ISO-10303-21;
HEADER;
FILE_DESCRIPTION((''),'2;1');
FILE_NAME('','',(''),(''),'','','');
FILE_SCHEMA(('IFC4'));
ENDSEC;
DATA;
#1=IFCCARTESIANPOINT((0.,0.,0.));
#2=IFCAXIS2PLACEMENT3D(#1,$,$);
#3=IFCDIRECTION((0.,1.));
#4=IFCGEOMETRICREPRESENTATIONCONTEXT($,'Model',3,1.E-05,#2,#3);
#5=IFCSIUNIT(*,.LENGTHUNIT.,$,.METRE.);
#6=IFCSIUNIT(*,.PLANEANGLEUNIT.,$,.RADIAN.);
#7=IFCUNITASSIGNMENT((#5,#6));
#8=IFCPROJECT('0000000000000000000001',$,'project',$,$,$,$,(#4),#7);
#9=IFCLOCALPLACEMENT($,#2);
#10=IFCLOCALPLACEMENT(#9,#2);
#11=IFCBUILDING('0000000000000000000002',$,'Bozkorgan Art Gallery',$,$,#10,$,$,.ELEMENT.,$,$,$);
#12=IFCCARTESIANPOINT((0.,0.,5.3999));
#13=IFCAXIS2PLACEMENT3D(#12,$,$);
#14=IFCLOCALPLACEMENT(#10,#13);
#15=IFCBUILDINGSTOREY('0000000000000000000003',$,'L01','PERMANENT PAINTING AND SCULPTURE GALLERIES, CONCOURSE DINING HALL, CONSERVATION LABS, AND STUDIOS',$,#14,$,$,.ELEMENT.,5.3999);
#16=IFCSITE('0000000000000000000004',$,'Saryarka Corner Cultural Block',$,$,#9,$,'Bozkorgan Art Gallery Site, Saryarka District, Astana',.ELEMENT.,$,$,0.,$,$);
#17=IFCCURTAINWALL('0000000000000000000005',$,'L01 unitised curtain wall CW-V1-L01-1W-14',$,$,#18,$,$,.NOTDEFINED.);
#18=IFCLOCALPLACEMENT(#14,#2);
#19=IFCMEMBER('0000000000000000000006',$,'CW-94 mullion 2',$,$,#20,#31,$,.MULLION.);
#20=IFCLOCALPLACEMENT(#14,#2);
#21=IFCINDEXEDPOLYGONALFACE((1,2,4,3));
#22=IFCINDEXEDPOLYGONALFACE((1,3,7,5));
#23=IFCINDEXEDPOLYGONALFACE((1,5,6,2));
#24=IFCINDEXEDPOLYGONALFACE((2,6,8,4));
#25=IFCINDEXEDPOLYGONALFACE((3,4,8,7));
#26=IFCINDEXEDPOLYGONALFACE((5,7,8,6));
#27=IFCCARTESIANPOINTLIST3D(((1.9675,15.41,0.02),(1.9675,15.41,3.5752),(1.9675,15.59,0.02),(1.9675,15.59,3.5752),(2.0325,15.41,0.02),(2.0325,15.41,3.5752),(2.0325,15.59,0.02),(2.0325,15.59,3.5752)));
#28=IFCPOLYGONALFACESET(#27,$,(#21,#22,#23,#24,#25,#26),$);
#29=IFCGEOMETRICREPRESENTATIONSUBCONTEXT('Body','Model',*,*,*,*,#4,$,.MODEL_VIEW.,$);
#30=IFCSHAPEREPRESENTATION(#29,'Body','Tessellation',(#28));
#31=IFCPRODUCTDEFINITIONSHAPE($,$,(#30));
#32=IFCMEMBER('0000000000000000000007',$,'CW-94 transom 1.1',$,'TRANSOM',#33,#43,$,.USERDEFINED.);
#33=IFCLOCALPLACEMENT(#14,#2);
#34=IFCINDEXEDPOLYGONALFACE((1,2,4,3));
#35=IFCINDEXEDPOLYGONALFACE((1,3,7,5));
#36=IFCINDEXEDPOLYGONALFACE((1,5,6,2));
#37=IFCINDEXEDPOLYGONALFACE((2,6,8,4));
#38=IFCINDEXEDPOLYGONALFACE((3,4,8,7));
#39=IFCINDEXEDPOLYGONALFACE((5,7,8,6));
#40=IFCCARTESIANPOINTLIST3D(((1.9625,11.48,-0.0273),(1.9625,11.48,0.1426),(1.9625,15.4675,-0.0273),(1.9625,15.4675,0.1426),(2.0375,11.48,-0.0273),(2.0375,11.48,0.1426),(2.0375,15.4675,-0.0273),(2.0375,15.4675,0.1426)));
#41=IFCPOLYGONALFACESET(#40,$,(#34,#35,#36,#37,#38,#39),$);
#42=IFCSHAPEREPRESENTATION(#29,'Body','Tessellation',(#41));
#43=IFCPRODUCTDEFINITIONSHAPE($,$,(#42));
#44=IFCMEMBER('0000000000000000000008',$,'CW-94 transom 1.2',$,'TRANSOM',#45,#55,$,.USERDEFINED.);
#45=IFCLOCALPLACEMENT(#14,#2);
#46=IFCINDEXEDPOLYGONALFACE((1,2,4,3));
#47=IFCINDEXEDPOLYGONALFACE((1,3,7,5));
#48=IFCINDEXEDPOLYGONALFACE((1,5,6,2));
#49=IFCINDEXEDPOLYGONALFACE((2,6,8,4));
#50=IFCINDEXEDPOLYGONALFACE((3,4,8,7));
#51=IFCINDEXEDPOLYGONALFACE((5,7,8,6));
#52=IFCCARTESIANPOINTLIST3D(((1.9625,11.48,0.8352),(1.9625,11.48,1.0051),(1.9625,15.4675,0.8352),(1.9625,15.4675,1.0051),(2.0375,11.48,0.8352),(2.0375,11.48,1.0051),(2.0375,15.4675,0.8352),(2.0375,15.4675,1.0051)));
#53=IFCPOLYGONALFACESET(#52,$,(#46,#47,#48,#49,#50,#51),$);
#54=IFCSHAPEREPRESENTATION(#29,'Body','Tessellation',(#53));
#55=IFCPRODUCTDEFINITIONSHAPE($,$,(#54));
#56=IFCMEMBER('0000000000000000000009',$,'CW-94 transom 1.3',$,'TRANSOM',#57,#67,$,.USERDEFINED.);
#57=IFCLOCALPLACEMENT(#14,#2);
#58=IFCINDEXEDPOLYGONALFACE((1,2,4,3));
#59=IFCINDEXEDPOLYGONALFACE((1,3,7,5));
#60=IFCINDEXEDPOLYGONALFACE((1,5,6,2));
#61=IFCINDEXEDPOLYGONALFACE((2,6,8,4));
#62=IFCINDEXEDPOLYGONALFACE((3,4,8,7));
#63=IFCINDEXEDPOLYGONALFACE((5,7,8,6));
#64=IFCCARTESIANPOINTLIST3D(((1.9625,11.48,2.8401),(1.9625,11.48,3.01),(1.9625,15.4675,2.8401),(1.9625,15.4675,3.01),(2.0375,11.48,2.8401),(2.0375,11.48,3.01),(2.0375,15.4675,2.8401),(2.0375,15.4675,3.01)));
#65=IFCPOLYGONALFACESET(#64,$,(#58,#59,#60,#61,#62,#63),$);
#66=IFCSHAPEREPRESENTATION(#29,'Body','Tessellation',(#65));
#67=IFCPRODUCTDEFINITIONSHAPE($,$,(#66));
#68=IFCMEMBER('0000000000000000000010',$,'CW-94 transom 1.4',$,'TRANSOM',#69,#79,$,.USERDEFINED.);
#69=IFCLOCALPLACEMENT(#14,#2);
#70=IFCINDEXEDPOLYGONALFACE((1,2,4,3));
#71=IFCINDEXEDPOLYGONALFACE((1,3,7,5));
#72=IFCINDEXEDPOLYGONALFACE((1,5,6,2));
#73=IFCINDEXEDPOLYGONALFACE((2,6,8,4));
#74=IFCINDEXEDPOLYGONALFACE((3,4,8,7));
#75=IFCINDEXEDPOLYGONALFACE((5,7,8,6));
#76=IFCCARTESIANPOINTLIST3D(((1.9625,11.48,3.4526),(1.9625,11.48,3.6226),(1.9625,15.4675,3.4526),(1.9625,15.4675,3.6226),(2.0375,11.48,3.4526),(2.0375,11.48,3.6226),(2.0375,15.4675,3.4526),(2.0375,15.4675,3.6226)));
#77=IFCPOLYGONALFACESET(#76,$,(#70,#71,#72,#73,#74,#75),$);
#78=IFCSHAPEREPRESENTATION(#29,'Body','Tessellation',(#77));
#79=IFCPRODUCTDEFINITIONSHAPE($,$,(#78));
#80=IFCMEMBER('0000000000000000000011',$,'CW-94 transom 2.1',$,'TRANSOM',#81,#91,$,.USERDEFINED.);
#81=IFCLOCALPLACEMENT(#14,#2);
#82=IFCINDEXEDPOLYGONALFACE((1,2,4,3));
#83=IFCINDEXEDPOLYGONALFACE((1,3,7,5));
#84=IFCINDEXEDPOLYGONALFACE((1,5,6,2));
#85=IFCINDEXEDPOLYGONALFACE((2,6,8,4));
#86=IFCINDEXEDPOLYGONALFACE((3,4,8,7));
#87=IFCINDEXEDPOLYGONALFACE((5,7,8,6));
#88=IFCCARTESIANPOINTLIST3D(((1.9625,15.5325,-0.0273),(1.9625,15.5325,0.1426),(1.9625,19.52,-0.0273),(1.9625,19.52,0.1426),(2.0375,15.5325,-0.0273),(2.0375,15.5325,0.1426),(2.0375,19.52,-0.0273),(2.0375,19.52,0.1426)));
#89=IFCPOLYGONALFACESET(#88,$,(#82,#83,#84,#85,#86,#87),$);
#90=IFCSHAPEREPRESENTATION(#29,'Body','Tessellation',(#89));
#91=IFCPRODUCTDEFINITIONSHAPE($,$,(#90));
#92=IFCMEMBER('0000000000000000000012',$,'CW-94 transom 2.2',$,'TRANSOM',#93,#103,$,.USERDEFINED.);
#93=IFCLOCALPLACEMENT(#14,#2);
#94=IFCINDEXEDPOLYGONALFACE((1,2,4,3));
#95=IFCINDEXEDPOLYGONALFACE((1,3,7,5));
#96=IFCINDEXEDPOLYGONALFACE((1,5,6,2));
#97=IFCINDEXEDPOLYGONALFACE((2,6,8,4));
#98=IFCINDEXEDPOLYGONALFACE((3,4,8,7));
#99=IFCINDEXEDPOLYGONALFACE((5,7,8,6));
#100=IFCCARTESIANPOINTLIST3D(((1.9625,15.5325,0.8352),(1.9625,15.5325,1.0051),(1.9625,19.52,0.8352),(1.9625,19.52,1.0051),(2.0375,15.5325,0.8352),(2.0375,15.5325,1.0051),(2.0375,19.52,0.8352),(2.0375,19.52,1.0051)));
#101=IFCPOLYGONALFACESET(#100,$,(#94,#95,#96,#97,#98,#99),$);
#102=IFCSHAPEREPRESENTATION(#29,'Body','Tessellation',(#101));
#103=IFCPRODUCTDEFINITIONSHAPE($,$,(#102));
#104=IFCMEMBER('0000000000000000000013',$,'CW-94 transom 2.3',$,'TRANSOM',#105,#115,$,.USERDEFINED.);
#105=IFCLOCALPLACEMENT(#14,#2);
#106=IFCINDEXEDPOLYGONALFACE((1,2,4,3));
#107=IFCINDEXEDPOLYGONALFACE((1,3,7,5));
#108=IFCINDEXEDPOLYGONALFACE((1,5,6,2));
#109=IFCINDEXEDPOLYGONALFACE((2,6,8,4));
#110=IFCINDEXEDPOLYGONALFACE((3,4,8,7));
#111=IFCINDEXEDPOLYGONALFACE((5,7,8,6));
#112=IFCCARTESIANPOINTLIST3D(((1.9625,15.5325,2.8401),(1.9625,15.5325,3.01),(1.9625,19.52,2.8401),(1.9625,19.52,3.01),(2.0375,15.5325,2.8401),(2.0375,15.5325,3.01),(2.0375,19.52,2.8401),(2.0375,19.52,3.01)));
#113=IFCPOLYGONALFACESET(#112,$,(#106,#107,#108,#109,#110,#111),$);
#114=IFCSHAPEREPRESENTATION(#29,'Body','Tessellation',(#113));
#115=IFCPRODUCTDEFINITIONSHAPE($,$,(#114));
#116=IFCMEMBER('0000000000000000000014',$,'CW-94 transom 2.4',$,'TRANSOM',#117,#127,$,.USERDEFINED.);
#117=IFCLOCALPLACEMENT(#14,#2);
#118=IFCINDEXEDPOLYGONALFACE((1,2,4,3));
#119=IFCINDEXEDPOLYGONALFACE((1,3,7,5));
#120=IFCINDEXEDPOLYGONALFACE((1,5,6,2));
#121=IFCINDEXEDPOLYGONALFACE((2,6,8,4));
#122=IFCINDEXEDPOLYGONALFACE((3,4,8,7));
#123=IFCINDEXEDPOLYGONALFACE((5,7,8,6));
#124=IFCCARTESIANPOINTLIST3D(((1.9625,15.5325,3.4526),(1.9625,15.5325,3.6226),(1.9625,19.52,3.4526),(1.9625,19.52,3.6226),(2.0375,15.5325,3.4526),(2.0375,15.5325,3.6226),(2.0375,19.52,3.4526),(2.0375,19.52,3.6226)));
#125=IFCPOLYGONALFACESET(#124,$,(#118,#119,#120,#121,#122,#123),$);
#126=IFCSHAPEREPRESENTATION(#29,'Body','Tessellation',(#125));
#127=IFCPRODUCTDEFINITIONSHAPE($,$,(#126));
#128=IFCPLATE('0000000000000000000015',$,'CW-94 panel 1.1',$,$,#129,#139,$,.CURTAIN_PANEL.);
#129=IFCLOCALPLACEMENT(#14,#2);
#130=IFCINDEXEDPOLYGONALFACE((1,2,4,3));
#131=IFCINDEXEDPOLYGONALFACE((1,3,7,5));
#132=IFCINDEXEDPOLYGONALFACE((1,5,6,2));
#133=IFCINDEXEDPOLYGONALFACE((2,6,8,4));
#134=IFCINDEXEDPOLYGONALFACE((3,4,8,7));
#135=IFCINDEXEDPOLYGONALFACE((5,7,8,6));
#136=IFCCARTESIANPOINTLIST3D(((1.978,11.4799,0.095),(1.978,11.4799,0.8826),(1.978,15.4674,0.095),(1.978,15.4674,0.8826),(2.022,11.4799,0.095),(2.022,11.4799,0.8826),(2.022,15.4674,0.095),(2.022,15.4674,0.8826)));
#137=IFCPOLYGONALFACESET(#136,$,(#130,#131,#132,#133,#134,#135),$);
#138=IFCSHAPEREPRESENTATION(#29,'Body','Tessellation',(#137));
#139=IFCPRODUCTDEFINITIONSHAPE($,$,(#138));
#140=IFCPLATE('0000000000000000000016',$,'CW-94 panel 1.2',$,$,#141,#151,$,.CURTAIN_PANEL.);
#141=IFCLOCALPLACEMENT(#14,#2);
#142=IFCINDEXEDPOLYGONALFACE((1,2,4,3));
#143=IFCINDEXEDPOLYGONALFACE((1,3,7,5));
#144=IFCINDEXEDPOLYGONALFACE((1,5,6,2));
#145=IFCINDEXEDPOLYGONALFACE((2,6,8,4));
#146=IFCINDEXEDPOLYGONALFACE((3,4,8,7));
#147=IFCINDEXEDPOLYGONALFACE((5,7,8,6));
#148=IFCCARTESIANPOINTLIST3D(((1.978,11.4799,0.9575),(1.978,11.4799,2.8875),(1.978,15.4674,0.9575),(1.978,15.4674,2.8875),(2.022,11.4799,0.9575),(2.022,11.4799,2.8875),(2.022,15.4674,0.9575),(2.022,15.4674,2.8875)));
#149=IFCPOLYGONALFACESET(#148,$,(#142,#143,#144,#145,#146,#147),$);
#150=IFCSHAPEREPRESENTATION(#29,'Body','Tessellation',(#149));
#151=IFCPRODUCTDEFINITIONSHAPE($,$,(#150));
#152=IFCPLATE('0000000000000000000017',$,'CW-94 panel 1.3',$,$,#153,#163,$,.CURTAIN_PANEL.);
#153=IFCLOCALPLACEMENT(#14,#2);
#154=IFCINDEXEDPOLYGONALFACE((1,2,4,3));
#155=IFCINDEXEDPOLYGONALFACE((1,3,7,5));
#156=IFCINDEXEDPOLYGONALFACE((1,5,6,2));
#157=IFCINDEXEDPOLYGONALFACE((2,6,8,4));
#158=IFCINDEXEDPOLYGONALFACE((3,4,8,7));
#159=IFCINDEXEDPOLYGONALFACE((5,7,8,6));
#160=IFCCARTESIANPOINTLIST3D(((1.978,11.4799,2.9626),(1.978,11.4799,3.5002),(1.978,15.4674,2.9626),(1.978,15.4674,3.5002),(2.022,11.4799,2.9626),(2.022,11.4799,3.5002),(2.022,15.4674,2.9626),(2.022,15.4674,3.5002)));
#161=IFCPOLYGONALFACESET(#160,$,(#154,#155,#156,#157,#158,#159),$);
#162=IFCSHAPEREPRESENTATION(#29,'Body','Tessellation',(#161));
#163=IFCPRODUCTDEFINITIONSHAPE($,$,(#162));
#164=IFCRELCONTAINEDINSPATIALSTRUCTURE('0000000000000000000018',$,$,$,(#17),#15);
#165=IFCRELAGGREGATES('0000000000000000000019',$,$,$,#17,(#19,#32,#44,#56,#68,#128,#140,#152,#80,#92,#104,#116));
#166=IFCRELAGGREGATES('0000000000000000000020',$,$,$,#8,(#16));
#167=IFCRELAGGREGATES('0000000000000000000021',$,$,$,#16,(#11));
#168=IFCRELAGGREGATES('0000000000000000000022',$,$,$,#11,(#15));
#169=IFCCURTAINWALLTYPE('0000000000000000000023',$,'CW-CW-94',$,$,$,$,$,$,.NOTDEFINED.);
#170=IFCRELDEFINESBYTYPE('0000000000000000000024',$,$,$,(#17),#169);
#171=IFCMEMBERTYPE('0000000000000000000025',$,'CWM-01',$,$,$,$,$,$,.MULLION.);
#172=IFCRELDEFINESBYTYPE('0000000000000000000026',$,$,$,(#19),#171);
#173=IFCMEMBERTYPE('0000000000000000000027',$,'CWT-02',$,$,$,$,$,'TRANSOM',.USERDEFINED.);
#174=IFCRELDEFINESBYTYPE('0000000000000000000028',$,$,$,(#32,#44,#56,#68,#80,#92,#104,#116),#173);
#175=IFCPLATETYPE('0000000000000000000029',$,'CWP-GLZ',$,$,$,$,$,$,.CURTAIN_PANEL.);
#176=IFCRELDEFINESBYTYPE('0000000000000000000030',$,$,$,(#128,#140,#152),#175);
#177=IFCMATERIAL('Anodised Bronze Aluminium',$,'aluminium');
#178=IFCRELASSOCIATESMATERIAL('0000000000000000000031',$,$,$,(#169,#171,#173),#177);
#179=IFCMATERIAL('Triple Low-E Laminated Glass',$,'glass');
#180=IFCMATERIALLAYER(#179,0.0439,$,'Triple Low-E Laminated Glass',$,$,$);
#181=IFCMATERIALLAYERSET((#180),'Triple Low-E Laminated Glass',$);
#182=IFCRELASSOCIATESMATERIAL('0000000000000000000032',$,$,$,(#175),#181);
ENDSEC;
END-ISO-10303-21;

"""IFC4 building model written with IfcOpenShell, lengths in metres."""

from ifc_helpers import new_model, si_unit, direction, frame, origin, origin_2d, place, context, subcontext, project, spatial, rectangle, extrude, material, layer, layer_set, material_profile, profile_set, type_object, element, aggregate, save


model = new_model("IFC4")

# Units and contexts
model_context = context("Model", 3, precision=1e-05, world=origin(), true_north=direction((0.0, 1.0)))
body_context = subcontext(model_context, "Body", "Model", "MODEL_VIEW")
ifc_project = project(units=[si_unit("LENGTHUNIT", "METRE"), si_unit("PLANEANGLEUNIT", "RADIAN")], contexts=[model_context])

# Site, building, storey
site_placement = place(None, origin())
site = spatial("IfcSite", under=ifc_project, at=site_placement, Name="Saryarka Corner Cultural Block", LongName="Bozkorgan Art Gallery Site, Saryarka District, Astana", CompositionType="ELEMENT", RefElevation=0.0)
building_placement = place(site_placement, origin())
building = spatial("IfcBuilding", under=site, at=building_placement, Name="Bozkorgan Art Gallery", CompositionType="ELEMENT")
storey_placement = place(building_placement, frame((0.0, 0.0, 5.3999)))
storey = spatial("IfcBuildingStorey", under=building, at=storey_placement, Name="L01", Description="PERMANENT PAINTING AND SCULPTURE GALLERIES, CONCOURSE DINING HALL, CONSERVATION LABS, AND STUDIOS", CompositionType="ELEMENT", Elevation=5.3999)

# Curtain wall, members, plates
ifc_material_1 = material(Name="Anodised Bronze Aluminium", Category="aluminium")
curtain_wall_type = type_object("IfcCurtainWallType", Name="CW-CW-94", PredefinedType="NOTDEFINED", material=ifc_material_1)
curtain_wall_placement = place(storey_placement, origin())
curtain_wall = element("IfcCurtainWall", 1, at=curtain_wall_placement, inside=storey, type_object=curtain_wall_type, Name="L01 unitised curtain wall CW-V1-L01-1W-14", PredefinedType="NOTDEFINED")
ifc_material_profile_1 = material_profile(ifc_material_1, rectangle(XDim=0.0649, YDim=0.1799, at=origin_2d()), Name="ALU MULLION 65x180")
ifc_profile_set_1 = profile_set([ifc_material_profile_1], Name="Anodised Bronze Aluminium")
member_type_1 = type_object("IfcMemberType", Name="CWM-01", PredefinedType="MULLION", material=ifc_profile_set_1)
member_1_placement = place(storey_placement, frame((2.0, 15.5, 0.02), z_axis=(0.0, 0.0, 1.0), x_axis=(-1.0, 0.0, 0.0)))
member_1 = element("IfcMember", 2, at=member_1_placement, type_object=member_type_1, Name="CW-94 mullion 2", PredefinedType="MULLION", context=body_context, shape_type="SweptSolid", body=[
    extrude(rectangle(XDim=0.0649, YDim=0.1799, at=origin_2d()), origin(), (0.0, 0.0, 1.0), 3.5552),
])
ifc_material_profile_2 = material_profile(ifc_material_1, rectangle(XDim=0.075, YDim=0.1699, at=origin_2d()), Name="ALU TRANSOM 75x170")
ifc_profile_set_2 = profile_set([ifc_material_profile_2], Name="Anodised Bronze Aluminium")
member_type_2 = type_object("IfcMemberType", Name="CWT-02", ElementType="TRANSOM", PredefinedType="USERDEFINED", material=ifc_profile_set_2)
member_2_placement = place(storey_placement, frame((2.0, 11.48, 0.0576), z_axis=(0.0, 1.0, 0.0), x_axis=(-1.0, 0.0, 0.0)))
member_2 = element("IfcMember", 3, at=member_2_placement, type_object=member_type_2, Name="CW-94 transom 1.1", ObjectType="TRANSOM", PredefinedType="USERDEFINED", context=body_context, shape_type="SweptSolid", body=[
    extrude(rectangle(XDim=0.075, YDim=0.1699, at=origin_2d()), origin(), (0.0, 0.0, 1.0), 3.9875),
])
member_3_placement = place(storey_placement, frame((2.0, 11.48, 0.9202), z_axis=(0.0, 1.0, 0.0), x_axis=(-1.0, 0.0, 0.0)))
member_3 = element("IfcMember", 4, at=member_3_placement, type_object=member_type_2, Name="CW-94 transom 1.2", ObjectType="TRANSOM", PredefinedType="USERDEFINED", context=body_context, shape_type="SweptSolid", body=[
    extrude(rectangle(XDim=0.075, YDim=0.1699, at=origin_2d()), origin(), (0.0, 0.0, 1.0), 3.9875),
])
member_4_placement = place(storey_placement, frame((2.0, 11.48, 2.925), z_axis=(0.0, 1.0, 0.0), x_axis=(-1.0, 0.0, 0.0)))
member_4 = element("IfcMember", 5, at=member_4_placement, type_object=member_type_2, Name="CW-94 transom 1.3", ObjectType="TRANSOM", PredefinedType="USERDEFINED", context=body_context, shape_type="SweptSolid", body=[
    extrude(rectangle(XDim=0.075, YDim=0.1699, at=origin_2d()), origin(), (0.0, 0.0, 1.0), 3.9875),
])
member_5_placement = place(storey_placement, frame((2.0, 11.48, 3.5376), z_axis=(0.0, 1.0, 0.0), x_axis=(-1.0, 0.0, 0.0)))
member_5 = element("IfcMember", 6, at=member_5_placement, type_object=member_type_2, Name="CW-94 transom 1.4", ObjectType="TRANSOM", PredefinedType="USERDEFINED", context=body_context, shape_type="SweptSolid", body=[
    extrude(rectangle(XDim=0.075, YDim=0.1699, at=origin_2d()), origin(), (0.0, 0.0, 1.0), 3.9875),
])
member_6_placement = place(storey_placement, frame((2.0, 15.5325, 0.0576), z_axis=(0.0, 1.0, 0.0), x_axis=(-1.0, 0.0, 0.0)))
member_6 = element("IfcMember", 7, at=member_6_placement, type_object=member_type_2, Name="CW-94 transom 2.1", ObjectType="TRANSOM", PredefinedType="USERDEFINED", context=body_context, shape_type="SweptSolid", body=[
    extrude(rectangle(XDim=0.075, YDim=0.1699, at=origin_2d()), origin(), (0.0, 0.0, 1.0), 3.9875),
])
member_7_placement = place(storey_placement, frame((2.0, 15.5325, 0.9202), z_axis=(0.0, 1.0, 0.0), x_axis=(-1.0, 0.0, 0.0)))
member_7 = element("IfcMember", 8, at=member_7_placement, type_object=member_type_2, Name="CW-94 transom 2.2", ObjectType="TRANSOM", PredefinedType="USERDEFINED", context=body_context, shape_type="SweptSolid", body=[
    extrude(rectangle(XDim=0.075, YDim=0.1699, at=origin_2d()), origin(), (0.0, 0.0, 1.0), 3.9875),
])
member_8_placement = place(storey_placement, frame((2.0, 15.5325, 2.925), z_axis=(0.0, 1.0, 0.0), x_axis=(-1.0, 0.0, 0.0)))
member_8 = element("IfcMember", 9, at=member_8_placement, type_object=member_type_2, Name="CW-94 transom 2.3", ObjectType="TRANSOM", PredefinedType="USERDEFINED", context=body_context, shape_type="SweptSolid", body=[
    extrude(rectangle(XDim=0.075, YDim=0.1699, at=origin_2d()), origin(), (0.0, 0.0, 1.0), 3.9875),
])
member_9_placement = place(storey_placement, frame((2.0, 15.5325, 3.5376), z_axis=(0.0, 1.0, 0.0), x_axis=(-1.0, 0.0, 0.0)))
member_9 = element("IfcMember", 10, at=member_9_placement, type_object=member_type_2, Name="CW-94 transom 2.4", ObjectType="TRANSOM", PredefinedType="USERDEFINED", context=body_context, shape_type="SweptSolid", body=[
    extrude(rectangle(XDim=0.075, YDim=0.1699, at=origin_2d()), origin(), (0.0, 0.0, 1.0), 3.9875),
])
ifc_material_2 = material(Name="Triple Low-E Laminated Glass", Category="glass")
ifc_layer_1 = layer(ifc_material_2, 0.0439, Name="Triple Low-E Laminated Glass")
ifc_layer_set_1 = layer_set([ifc_layer_1], Name="Triple Low-E Laminated Glass")
plate_type = type_object("IfcPlateType", Name="CWP-GLZ", PredefinedType="CURTAIN_PANEL", material=ifc_layer_set_1)
plate_1_placement = place(storey_placement, frame((2.0, 13.4736, 0.095), z_axis=(0.0, 0.0, 1.0), x_axis=(0.0, 1.0, 0.0)))
plate_1 = element("IfcPlate", 11, at=plate_1_placement, type_object=plate_type, Name="CW-94 panel 1.1", PredefinedType="CURTAIN_PANEL", context=body_context, shape_type="SweptSolid", body=[
    extrude(rectangle(XDim=3.9875, YDim=0.0439, at=origin_2d()), origin(), (0.0, 0.0, 1.0), 0.7876),
])
plate_2_placement = place(storey_placement, frame((2.0, 13.4736, 0.9575), z_axis=(0.0, 0.0, 1.0), x_axis=(0.0, 1.0, 0.0)))
plate_2 = element("IfcPlate", 12, at=plate_2_placement, type_object=plate_type, Name="CW-94 panel 1.2", PredefinedType="CURTAIN_PANEL", context=body_context, shape_type="SweptSolid", body=[
    extrude(rectangle(XDim=3.9875, YDim=0.0439, at=origin_2d()), origin(), (0.0, 0.0, 1.0), 1.9299),
])
plate_3_placement = place(storey_placement, frame((2.0, 13.4736, 2.9626), z_axis=(0.0, 0.0, 1.0), x_axis=(0.0, 1.0, 0.0)))
plate_3 = element("IfcPlate", 13, at=plate_3_placement, type_object=plate_type, Name="CW-94 panel 1.3", PredefinedType="CURTAIN_PANEL", context=body_context, shape_type="SweptSolid", body=[
    extrude(rectangle(XDim=3.9875, YDim=0.0439, at=origin_2d()), origin(), (0.0, 0.0, 1.0), 0.5376),
])
aggregate(curtain_wall, [member_1, member_2, member_3, member_4, member_5, plate_1, plate_2, plate_3, member_6, member_7, member_8, member_9])

save(model, "model.ifc")
